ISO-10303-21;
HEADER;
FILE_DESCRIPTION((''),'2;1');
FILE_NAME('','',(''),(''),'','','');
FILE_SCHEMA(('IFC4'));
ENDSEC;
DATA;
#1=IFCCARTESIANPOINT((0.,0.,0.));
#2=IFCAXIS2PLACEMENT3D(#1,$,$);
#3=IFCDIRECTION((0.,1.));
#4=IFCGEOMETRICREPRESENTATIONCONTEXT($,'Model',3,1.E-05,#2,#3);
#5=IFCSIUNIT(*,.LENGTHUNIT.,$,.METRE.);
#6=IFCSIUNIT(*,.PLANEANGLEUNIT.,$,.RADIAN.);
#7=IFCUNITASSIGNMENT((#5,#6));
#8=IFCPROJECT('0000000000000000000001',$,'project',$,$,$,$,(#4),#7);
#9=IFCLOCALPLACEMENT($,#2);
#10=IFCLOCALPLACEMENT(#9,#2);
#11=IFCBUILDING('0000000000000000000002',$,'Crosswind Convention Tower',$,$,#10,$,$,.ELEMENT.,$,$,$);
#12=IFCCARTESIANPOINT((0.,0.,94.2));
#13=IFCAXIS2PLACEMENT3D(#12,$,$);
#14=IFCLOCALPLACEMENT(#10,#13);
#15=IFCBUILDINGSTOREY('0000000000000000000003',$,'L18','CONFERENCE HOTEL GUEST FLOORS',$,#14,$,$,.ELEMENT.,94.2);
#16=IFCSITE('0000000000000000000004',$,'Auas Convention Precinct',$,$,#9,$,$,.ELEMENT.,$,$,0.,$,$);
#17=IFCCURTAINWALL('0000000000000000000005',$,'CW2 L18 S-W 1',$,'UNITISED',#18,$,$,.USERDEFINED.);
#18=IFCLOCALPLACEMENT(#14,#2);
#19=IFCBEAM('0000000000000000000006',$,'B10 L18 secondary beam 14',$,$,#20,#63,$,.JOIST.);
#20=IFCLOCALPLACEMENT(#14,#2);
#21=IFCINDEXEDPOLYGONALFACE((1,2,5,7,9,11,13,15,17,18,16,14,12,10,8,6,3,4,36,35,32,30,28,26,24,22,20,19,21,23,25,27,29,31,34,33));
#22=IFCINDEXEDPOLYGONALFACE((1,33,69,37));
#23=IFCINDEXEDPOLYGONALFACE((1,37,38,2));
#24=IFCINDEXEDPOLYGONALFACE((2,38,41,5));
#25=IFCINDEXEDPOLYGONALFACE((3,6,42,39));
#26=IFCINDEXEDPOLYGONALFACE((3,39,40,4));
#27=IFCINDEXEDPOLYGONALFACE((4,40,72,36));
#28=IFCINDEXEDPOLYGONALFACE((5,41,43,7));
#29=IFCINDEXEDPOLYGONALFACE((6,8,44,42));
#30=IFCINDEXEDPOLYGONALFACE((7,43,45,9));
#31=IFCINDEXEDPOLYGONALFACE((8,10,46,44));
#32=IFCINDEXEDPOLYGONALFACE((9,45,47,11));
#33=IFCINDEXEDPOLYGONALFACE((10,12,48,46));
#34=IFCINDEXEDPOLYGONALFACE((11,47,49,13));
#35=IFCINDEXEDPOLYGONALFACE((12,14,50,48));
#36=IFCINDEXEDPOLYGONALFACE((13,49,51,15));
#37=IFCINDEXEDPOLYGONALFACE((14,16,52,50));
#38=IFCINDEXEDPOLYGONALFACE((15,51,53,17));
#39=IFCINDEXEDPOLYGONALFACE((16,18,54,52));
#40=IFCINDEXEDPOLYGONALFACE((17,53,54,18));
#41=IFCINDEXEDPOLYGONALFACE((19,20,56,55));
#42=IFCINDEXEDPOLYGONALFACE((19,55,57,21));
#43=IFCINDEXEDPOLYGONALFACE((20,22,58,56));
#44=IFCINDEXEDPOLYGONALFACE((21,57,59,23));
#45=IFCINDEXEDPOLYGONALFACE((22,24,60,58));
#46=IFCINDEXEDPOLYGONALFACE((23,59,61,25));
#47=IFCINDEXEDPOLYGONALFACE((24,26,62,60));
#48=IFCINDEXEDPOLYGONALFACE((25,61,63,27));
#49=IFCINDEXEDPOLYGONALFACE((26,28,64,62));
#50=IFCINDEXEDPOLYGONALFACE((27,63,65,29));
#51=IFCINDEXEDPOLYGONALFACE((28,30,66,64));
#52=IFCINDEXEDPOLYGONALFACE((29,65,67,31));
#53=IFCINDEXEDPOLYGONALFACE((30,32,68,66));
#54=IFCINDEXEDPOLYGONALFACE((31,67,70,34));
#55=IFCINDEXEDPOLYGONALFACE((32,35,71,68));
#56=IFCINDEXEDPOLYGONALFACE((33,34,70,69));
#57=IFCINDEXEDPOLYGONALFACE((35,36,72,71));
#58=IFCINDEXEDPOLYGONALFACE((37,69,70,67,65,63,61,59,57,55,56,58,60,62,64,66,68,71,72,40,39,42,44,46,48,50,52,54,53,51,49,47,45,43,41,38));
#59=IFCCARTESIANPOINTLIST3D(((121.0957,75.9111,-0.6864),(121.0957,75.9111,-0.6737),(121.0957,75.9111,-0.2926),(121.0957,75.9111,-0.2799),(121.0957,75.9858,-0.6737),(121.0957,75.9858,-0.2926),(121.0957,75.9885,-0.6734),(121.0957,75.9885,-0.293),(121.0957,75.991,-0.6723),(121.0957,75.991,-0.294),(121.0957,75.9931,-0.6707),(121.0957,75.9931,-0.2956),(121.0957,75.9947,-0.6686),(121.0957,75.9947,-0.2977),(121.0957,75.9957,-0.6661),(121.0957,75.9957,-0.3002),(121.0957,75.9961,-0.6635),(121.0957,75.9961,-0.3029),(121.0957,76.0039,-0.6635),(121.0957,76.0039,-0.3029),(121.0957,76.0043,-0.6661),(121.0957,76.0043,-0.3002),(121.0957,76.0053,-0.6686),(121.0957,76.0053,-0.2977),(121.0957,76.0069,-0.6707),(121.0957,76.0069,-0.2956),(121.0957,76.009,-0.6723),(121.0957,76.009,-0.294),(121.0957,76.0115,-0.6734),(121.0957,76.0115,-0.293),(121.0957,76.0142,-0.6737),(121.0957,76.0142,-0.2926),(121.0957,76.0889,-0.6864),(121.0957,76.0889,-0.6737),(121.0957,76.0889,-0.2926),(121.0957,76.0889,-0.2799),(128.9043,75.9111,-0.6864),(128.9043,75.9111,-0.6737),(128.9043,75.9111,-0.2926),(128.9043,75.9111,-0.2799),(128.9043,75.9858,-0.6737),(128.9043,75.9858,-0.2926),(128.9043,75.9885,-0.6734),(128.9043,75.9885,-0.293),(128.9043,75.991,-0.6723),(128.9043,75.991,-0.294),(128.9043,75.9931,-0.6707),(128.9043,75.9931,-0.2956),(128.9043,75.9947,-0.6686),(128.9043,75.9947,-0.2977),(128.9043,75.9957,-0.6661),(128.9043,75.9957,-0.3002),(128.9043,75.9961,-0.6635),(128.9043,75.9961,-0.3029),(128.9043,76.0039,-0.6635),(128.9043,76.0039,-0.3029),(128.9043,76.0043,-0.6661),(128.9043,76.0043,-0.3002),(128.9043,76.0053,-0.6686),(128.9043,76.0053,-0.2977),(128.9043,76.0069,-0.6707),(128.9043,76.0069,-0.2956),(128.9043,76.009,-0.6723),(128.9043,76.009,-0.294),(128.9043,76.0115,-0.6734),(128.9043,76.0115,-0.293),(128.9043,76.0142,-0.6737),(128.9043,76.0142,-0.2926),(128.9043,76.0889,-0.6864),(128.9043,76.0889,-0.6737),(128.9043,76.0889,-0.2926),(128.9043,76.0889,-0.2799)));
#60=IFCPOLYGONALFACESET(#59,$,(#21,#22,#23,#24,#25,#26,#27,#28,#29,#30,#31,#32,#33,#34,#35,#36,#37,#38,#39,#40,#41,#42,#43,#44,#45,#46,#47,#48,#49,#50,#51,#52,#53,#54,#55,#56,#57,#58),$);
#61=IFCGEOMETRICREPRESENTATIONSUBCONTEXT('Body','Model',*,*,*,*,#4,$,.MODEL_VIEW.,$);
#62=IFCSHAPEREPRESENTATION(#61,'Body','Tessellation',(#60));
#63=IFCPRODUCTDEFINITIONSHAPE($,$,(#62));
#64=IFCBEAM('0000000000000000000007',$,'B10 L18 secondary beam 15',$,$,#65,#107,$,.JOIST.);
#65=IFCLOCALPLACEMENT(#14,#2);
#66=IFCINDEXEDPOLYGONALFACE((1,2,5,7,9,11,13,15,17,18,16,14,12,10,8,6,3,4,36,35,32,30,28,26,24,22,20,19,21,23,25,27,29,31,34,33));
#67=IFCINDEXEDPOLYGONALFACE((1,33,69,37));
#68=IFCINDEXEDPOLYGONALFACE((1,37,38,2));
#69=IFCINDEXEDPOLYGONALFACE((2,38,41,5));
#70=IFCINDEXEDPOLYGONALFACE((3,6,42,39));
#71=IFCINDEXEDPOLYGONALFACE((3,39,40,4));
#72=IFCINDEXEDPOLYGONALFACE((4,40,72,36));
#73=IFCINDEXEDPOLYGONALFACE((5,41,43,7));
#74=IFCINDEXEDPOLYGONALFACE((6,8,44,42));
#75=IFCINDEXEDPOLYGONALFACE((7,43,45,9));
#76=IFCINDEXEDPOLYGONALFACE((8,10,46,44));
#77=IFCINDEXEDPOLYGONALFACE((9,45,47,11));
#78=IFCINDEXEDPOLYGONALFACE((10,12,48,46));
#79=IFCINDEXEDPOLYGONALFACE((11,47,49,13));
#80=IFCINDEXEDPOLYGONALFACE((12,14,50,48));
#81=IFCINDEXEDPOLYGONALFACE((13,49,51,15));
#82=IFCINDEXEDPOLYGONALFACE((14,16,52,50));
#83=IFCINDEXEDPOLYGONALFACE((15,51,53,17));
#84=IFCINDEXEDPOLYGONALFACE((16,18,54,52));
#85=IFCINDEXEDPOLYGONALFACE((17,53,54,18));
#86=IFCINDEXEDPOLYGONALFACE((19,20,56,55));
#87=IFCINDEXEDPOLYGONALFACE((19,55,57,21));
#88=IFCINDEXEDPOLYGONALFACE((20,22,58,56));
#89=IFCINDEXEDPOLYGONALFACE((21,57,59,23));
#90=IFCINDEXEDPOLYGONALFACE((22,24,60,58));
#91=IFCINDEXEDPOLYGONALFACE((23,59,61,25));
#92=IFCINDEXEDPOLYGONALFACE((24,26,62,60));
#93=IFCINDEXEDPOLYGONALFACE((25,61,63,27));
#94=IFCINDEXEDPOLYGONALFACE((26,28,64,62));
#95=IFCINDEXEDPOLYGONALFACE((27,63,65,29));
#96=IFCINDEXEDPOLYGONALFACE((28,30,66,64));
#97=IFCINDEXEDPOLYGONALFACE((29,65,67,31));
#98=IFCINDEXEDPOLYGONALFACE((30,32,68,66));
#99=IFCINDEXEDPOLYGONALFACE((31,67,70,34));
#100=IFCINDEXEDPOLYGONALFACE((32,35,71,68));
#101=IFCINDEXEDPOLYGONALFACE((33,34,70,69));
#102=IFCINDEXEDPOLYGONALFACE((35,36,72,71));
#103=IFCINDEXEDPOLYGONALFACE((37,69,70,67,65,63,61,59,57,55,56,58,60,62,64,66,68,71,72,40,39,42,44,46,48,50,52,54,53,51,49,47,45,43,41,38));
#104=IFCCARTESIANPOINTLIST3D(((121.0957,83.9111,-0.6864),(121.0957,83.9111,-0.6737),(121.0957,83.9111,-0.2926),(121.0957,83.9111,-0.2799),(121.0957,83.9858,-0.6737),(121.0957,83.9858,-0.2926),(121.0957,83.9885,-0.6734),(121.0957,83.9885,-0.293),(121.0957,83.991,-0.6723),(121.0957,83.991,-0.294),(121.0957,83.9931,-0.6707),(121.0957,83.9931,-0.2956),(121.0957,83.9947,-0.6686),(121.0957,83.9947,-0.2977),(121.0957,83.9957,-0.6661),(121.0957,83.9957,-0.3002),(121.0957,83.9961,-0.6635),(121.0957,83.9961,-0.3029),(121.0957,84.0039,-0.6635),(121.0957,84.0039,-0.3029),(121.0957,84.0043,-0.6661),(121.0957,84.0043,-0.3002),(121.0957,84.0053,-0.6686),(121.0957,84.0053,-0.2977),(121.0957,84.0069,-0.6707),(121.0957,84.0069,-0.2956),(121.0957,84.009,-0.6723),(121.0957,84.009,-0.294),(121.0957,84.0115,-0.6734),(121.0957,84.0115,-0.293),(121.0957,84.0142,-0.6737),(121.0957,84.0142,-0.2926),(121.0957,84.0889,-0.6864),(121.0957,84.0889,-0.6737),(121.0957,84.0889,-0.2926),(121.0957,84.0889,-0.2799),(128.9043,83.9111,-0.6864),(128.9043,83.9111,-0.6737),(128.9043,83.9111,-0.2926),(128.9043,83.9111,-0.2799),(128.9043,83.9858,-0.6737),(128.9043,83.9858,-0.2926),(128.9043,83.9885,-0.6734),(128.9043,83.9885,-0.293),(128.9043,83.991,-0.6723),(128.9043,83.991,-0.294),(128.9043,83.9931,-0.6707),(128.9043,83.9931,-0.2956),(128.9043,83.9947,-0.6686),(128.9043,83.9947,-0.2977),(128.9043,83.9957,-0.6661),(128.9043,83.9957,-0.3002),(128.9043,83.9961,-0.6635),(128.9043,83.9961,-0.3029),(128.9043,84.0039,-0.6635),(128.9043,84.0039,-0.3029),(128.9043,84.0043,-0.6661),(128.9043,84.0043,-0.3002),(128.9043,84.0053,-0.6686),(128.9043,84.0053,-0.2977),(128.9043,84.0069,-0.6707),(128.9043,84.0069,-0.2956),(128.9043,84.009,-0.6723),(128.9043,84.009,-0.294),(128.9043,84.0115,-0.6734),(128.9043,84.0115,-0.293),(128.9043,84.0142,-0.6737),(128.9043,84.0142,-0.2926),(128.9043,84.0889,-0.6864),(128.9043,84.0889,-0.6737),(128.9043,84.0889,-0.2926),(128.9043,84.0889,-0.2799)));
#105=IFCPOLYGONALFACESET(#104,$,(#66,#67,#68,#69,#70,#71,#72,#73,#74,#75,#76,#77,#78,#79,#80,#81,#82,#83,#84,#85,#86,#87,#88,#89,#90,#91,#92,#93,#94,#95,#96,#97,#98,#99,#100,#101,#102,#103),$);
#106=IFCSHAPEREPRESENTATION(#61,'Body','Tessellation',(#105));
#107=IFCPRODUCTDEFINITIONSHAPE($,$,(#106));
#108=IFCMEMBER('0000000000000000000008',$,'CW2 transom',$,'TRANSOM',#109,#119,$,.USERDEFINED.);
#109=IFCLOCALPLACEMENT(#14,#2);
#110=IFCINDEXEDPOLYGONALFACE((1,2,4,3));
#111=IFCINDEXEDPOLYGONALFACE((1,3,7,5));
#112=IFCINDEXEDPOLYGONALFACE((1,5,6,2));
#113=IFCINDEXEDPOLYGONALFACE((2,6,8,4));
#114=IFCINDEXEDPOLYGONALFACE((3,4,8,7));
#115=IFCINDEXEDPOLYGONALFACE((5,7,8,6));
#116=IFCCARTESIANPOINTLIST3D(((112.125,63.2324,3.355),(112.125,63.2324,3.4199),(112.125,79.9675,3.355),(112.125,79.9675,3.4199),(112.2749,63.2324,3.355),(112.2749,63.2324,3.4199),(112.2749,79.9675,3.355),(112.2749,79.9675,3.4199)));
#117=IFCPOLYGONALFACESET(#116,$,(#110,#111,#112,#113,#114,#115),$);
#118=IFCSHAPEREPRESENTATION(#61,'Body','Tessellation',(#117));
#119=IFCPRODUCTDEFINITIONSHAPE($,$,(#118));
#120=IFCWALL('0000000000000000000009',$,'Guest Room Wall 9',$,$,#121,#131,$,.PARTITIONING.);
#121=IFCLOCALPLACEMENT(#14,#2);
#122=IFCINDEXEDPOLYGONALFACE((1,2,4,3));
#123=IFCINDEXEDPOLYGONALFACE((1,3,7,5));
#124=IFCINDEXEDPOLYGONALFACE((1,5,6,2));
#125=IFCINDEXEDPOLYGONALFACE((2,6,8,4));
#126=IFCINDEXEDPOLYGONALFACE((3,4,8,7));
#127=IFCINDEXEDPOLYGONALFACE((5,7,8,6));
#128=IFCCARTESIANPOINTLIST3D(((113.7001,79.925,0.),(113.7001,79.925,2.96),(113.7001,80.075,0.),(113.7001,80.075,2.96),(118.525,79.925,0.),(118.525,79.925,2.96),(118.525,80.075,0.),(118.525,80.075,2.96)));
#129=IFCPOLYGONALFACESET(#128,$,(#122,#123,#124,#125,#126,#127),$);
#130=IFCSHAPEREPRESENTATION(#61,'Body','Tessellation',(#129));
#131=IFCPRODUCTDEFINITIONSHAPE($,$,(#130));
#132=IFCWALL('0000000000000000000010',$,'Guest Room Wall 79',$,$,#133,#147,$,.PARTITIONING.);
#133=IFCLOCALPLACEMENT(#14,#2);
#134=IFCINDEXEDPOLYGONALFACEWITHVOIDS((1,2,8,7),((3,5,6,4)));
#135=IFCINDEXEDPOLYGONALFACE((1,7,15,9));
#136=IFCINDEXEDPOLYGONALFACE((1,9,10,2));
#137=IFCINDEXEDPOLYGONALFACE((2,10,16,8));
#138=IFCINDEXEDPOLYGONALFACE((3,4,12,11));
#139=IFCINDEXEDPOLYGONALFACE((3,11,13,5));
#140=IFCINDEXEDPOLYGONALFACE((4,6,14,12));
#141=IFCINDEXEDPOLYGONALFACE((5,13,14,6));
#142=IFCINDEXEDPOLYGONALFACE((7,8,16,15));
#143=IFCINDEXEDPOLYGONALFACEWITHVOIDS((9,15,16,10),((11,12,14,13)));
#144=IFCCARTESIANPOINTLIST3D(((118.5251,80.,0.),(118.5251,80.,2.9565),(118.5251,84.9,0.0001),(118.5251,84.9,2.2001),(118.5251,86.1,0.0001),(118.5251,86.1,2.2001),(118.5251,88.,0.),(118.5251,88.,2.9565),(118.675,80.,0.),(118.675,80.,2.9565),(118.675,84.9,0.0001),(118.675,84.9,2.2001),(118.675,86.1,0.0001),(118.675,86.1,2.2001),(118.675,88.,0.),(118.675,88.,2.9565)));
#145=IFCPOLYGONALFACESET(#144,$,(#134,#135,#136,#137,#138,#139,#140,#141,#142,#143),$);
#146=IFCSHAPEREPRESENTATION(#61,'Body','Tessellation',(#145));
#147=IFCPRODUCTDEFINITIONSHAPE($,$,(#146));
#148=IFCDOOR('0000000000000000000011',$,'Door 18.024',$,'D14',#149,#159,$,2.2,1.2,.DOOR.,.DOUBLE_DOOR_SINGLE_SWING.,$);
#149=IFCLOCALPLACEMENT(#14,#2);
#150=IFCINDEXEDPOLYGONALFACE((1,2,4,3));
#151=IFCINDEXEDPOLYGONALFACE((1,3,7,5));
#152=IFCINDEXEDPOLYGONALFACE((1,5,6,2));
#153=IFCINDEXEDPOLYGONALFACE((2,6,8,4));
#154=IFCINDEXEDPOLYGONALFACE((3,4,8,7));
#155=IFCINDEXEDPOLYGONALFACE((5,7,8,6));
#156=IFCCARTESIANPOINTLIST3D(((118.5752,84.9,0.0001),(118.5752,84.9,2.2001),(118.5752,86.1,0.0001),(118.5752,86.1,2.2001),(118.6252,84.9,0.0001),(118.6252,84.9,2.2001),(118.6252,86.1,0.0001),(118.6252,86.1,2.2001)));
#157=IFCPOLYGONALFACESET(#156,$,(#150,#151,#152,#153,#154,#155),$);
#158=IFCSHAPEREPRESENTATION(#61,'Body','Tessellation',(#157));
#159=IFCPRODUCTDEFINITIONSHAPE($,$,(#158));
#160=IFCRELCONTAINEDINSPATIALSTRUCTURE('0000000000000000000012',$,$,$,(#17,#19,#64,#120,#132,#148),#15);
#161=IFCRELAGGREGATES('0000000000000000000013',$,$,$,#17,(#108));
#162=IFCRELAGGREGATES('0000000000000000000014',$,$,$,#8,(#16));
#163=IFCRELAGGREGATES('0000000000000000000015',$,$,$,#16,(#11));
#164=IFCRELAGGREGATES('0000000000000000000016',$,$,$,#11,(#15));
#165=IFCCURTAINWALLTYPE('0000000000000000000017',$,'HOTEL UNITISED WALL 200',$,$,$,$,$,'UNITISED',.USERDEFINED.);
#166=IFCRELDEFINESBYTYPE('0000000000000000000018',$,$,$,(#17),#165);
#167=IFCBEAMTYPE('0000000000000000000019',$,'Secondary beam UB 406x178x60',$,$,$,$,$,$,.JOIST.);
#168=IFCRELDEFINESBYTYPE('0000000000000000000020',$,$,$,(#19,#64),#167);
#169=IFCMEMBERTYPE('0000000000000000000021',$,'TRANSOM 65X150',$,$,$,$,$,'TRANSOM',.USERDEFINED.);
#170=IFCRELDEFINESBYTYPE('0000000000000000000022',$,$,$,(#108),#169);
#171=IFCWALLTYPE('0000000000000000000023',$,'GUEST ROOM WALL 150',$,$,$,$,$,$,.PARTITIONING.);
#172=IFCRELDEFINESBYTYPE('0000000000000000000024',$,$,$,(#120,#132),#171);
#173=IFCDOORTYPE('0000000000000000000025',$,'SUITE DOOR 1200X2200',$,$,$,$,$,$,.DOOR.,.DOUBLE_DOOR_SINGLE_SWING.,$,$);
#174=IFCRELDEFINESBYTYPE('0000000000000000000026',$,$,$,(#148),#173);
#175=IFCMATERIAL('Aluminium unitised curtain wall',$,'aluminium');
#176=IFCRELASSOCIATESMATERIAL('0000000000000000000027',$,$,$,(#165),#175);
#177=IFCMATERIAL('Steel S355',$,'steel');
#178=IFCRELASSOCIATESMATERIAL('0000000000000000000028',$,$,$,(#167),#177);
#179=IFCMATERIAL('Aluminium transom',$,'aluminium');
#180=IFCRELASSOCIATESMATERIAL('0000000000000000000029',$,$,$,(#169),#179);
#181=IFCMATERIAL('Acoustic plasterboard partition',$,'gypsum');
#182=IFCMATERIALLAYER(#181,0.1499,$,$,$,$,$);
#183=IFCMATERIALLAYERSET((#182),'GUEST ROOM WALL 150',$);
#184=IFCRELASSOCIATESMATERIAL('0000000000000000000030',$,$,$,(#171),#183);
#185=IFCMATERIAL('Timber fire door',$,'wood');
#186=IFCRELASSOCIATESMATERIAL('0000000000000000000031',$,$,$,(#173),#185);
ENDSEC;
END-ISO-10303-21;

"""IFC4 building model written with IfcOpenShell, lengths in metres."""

from ifc_helpers import new_model, si_unit, direction, frame, frame_2d, origin, origin_2d, place, context, subcontext, project, spatial, rectangle, i_section, extrude, material, layer, layer_set, material_profile, profile_set, type_object, element, fill, aggregate, save


model = new_model("IFC4")

# Units and contexts
model_context = context("Model", 3, precision=1e-05, world=origin(), true_north=direction((0.0, 1.0)))
body_context = subcontext(model_context, "Body", "Model", "MODEL_VIEW")
ifc_project = project(units=[si_unit("LENGTHUNIT", "METRE"), si_unit("PLANEANGLEUNIT", "RADIAN")], contexts=[model_context])

# Site, building, storey
site_placement = place(None, origin())
site = spatial("IfcSite", under=ifc_project, at=site_placement, Name="Auas Convention Precinct", CompositionType="ELEMENT", RefElevation=0.0)
building_placement = place(site_placement, origin())
building = spatial("IfcBuilding", under=site, at=building_placement, Name="Crosswind Convention Tower", CompositionType="ELEMENT")
storey_placement = place(building_placement, frame((0.0, 0.0, 94.2)))
storey = spatial("IfcBuildingStorey", under=building, at=storey_placement, Name="L18", Description="CONFERENCE HOTEL GUEST FLOORS", CompositionType="ELEMENT", Elevation=94.2)

# Shared definitions
ifc_material_1 = material(Name="Steel S355", Category="steel")

# Curtain wall
ifc_material_2 = material(Name="Aluminium unitised curtain wall", Category="aluminium")
curtain_wall_type = type_object("IfcCurtainWallType", Name="HOTEL UNITISED WALL 200", ElementType="UNITISED", PredefinedType="USERDEFINED", material=ifc_material_2)
curtain_wall_placement = place(storey_placement, origin())
curtain_wall = element("IfcCurtainWall", 1, at=curtain_wall_placement, inside=storey, type_object=curtain_wall_type, Name="CW2 L18 S-W 1", ObjectType="UNITISED", PredefinedType="USERDEFINED")

# Beams
ifc_material_profile_1 = material_profile(ifc_material_1, i_section(OverallWidth=0.1777, OverallDepth=0.4065, WebThickness=0.0078, FlangeThickness=0.0127, FilletRadius=0.0103, at=origin_2d()), Name="UB 406x178x60")
ifc_profile_set_1 = profile_set([ifc_material_profile_1], Name="Steel S355")
beam_type_1 = type_object("IfcBeamType", Name="Secondary beam UB 406x178x60", PredefinedType="JOIST", material=ifc_profile_set_1)
for number, where, z_axis, x_axis, name in (
    (2, (121.0957, 76.0, -0.4832), (1.0, 0.0, 0.0), (0.0, 1.0, 0.0), "B10 L18 secondary beam 14"),
    (3, (121.0957, 84.0, -0.4832), (1.0, 0.0, 0.0), (0.0, 1.0, 0.0), "B10 L18 secondary beam 15"),
):
    element("IfcBeam", number, at=place(storey_placement, frame(where, z_axis=z_axis, x_axis=x_axis)), inside=storey, type_object=beam_type_1, Name=name, PredefinedType="JOIST", context=body_context, shape_type="SweptSolid", body=[
        extrude(i_section(OverallWidth=0.1777, OverallDepth=0.4065, WebThickness=0.0078, FlangeThickness=0.0127, FilletRadius=0.0103, at=origin_2d()), origin(), (0.0, 0.0, 1.0), 7.8086),
    ])

# Member
ifc_material_3 = material(Name="Aluminium transom", Category="aluminium")
ifc_material_profile_2 = material_profile(ifc_material_3, rectangle(XDim=0.1499, YDim=0.0649, at=origin_2d()), Name="AL 150X65")
ifc_profile_set_2 = profile_set([ifc_material_profile_2], Name="Aluminium transom")
member_type_1 = type_object("IfcMemberType", Name="TRANSOM 65X150", ElementType="TRANSOM", PredefinedType="USERDEFINED", material=ifc_profile_set_2)
member_1_placement = place(storey_placement, frame((112.2, 79.9675, 3.3875), z_axis=(0.0, -1.0, 0.0), x_axis=(1.0, 0.0, 0.0)))
member_1 = element("IfcMember", 4, at=member_1_placement, type_object=member_type_1, Name="CW2 transom", ObjectType="TRANSOM", PredefinedType="USERDEFINED", context=body_context, shape_type="SweptSolid", body=[
    extrude(rectangle(XDim=0.1499, YDim=0.0649, at=origin_2d()), origin(), (0.0, 0.0, 1.0), 16.7351),
])
aggregate(curtain_wall, [member_1])

# Wall
ifc_material_4 = material(Name="Acoustic plasterboard partition", Category="gypsum")
ifc_layer_1 = layer(ifc_material_4, 0.1499)
ifc_layer_set_1 = layer_set([ifc_layer_1], Name="GUEST ROOM WALL 150")
wall_type_1 = type_object("IfcWallType", Name="GUEST ROOM WALL 150", PredefinedType="PARTITIONING", material=ifc_layer_set_1)
wall_1_placement = place(storey_placement, frame((113.7, 80.0, 0.0), z_axis=(0.0, 0.0, 1.0), x_axis=(1.0, 0.0, 0.0)))
element("IfcWall", 5, at=wall_1_placement, inside=storey, type_object=wall_type_1, Name="Guest Room Wall 9", PredefinedType="PARTITIONING", context=body_context, shape_type="SweptSolid", body=[
    extrude(rectangle(XDim=4.825, YDim=0.1499, at=frame_2d((2.4126, 0.0))), origin(), (0.0, 0.0, 1.0), 2.96),
])

# Wall, opening, door
wall_2_placement = place(storey_placement, frame((118.6001, 80.0, 0.0), z_axis=(0.0, 0.0, 1.0), x_axis=(0.0, 1.0, 0.0)))
wall_2 = element("IfcWall", 6, at=wall_2_placement, inside=storey, type_object=wall_type_1, Name="Guest Room Wall 79", PredefinedType="PARTITIONING", context=body_context, shape_type="SweptSolid", body=[
    extrude(rectangle(XDim=8.0, YDim=0.1499, at=frame_2d((4.0, 0.0))), origin(), (0.0, 0.0, 1.0), 2.9565),
])
opening_1_placement = place(wall_2_placement, frame((4.8999, 0.0, 0.0)))
opening_1 = element("IfcOpeningElement", 7, at=opening_1_placement, cuts=wall_2, PredefinedType="OPENING", context=body_context, shape_type="SweptSolid", body=[
    extrude(rectangle(XDim=1.2, YDim=2.2, at=frame_2d((0.6001, 1.1001))), frame((0.0, 0.085, 0.0), z_axis=(0.0, -1.0, 0.0), x_axis=(1.0, 0.0, 0.0)), (0.0, 0.0, 1.0), 0.1699),
])
ifc_material_5 = material(Name="Timber fire door", Category="wood")
door_type_1 = type_object("IfcDoorType", Name="SUITE DOOR 1200X2200", OperationType="DOUBLE_DOOR_SINGLE_SWING", PredefinedType="DOOR", material=ifc_material_5)
door_1_placement = place(opening_1_placement, origin())
door_1 = element("IfcDoor", 8, at=door_1_placement, inside=storey, type_object=door_type_1, Name="Door 18.024", ObjectType="D14", OperationType="DOUBLE_DOOR_SINGLE_SWING", OverallHeight=2.2, OverallWidth=1.2, PredefinedType="DOOR", context=body_context, shape_type="SweptSolid", body=[
    extrude(rectangle(XDim=1.2, YDim=2.2, at=frame_2d((0.6001, 1.1001))), frame((0.0, 0.0249, 0.0), z_axis=(0.0, -1.0, 0.0), x_axis=(1.0, 0.0, 0.0)), (0.0, 0.0, 1.0), 0.05),
])
fill(opening_1, door_1)

save(model, "model.ifc")
